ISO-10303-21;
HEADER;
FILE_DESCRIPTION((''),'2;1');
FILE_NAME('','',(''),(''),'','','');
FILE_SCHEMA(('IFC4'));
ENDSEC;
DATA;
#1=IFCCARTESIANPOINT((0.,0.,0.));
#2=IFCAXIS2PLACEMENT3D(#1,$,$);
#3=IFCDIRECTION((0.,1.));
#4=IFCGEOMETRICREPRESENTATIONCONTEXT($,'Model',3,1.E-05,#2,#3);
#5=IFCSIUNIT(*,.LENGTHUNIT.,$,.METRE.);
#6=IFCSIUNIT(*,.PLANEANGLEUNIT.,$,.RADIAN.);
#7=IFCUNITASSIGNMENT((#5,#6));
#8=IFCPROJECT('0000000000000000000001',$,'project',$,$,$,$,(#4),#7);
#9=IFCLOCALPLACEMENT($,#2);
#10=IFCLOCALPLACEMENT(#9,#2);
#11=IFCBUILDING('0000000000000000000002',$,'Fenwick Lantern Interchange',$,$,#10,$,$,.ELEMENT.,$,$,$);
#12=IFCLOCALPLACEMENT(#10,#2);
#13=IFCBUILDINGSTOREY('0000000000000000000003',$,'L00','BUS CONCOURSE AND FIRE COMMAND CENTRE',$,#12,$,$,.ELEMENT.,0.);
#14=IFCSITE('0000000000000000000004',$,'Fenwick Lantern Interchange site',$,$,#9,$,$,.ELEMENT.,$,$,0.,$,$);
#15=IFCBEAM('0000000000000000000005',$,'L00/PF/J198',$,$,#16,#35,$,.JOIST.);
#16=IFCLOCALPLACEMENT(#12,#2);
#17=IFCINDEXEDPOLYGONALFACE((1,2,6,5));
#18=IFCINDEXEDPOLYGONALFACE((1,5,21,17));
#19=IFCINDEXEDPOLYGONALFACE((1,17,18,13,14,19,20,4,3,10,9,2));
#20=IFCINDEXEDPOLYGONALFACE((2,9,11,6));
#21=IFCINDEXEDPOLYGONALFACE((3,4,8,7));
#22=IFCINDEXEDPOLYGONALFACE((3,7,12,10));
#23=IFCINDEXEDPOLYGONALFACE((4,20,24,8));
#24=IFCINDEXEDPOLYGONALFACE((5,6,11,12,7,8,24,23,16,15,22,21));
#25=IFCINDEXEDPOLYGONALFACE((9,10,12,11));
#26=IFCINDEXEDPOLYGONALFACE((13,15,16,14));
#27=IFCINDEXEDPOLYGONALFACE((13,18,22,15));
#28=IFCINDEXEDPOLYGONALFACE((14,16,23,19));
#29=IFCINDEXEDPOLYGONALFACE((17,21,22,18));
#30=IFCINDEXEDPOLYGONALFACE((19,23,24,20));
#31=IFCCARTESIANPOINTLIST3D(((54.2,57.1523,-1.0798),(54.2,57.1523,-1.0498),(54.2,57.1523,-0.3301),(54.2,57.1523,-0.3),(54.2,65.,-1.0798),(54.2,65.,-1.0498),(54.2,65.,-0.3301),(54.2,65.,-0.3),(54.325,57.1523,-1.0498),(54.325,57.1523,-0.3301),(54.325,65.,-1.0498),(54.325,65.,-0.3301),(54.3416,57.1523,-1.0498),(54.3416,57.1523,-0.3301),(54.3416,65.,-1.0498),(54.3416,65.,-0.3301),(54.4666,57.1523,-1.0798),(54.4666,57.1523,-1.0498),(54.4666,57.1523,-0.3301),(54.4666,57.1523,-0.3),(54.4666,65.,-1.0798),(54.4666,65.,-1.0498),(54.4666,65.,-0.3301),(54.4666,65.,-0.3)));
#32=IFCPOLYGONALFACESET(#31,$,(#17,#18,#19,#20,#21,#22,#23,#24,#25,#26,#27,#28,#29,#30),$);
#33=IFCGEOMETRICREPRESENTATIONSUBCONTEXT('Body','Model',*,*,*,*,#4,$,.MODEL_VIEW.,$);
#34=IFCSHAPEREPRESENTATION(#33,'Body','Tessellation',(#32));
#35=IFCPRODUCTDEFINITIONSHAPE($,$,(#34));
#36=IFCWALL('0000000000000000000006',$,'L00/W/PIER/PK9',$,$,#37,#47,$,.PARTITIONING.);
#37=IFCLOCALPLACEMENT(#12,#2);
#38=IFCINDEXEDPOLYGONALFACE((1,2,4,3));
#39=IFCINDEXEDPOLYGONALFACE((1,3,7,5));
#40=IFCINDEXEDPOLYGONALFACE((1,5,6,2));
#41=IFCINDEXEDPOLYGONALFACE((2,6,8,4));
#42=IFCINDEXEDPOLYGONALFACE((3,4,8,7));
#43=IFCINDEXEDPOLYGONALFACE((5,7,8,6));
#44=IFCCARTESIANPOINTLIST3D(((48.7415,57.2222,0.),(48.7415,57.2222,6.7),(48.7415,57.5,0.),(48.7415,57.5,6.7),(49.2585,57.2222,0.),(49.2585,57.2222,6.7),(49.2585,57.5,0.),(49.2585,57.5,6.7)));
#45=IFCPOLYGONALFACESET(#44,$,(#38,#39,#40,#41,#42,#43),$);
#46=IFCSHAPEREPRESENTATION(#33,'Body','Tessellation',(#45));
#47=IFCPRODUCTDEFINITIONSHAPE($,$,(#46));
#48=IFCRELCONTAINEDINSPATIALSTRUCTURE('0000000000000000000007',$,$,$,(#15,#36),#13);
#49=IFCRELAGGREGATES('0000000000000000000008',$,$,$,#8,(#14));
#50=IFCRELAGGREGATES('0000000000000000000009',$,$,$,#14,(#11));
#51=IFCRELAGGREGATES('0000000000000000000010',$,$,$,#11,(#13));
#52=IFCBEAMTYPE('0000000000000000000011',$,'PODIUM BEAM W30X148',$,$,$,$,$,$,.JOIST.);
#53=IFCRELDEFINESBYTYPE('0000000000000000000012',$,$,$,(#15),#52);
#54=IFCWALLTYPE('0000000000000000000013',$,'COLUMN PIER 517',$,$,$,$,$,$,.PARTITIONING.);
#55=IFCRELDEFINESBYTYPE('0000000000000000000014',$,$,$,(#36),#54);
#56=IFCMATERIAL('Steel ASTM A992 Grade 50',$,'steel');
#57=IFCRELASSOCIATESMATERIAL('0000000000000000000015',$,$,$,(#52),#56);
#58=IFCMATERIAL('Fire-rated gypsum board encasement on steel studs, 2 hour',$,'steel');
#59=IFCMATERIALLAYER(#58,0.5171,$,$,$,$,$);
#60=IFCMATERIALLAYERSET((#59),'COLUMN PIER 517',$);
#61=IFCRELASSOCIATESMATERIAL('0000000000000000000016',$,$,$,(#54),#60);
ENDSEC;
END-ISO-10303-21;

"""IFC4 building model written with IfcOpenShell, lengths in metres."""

from ifc_helpers import new_model, si_unit, direction, frame, frame_2d, origin, origin_2d, place, context, subcontext, project, spatial, rectangle, i_section, extrude, material, layer, layer_set, material_profile, profile_set, type_object, element, save


model = new_model("IFC4")

# Units and contexts
model_context = context("Model", 3, precision=1e-05, world=origin(), true_north=direction((0.0, 1.0)))
body_context = subcontext(model_context, "Body", "Model", "MODEL_VIEW")
ifc_project = project(units=[si_unit("LENGTHUNIT", "METRE"), si_unit("PLANEANGLEUNIT", "RADIAN")], contexts=[model_context])

# Site, building, storey
site_placement = place(None, origin())
site = spatial("IfcSite", under=ifc_project, at=site_placement, Name="Fenwick Lantern Interchange site", CompositionType="ELEMENT", RefElevation=0.0)
building_placement = place(site_placement, origin())
building = spatial("IfcBuilding", under=site, at=building_placement, Name="Fenwick Lantern Interchange", CompositionType="ELEMENT")
storey_placement = place(building_placement, origin())
storey = spatial("IfcBuildingStorey", under=building, at=storey_placement, Name="L00", Description="BUS CONCOURSE AND FIRE COMMAND CENTRE", CompositionType="ELEMENT", Elevation=0.0)

# Shared definitions
ifc_material_1 = material(Name="Steel ASTM A992 Grade 50", Category="steel")

# Beam
ifc_material_profile_1 = material_profile(ifc_material_1, i_section(OverallWidth=0.2666, OverallDepth=0.7798, WebThickness=0.0166, FlangeThickness=0.03, at=origin_2d()), Name="W30X148")
ifc_profile_set_1 = profile_set([ifc_material_profile_1], Name="Steel ASTM A992 Grade 50")
beam_type_1 = type_object("IfcBeamType", Name="PODIUM BEAM W30X148", PredefinedType="JOIST", material=ifc_profile_set_1)
for number, where, z_axis, x_axis, name in (
    (1, (54.3333, 57.1523, -0.6899), (0.0, 1.0, 0.0), (-1.0, 0.0, 0.0), "L00/PF/J198"),
):
    element("IfcBeam", number, at=place(storey_placement, frame(where, z_axis=z_axis, x_axis=x_axis)), inside=storey, type_object=beam_type_1, Name=name, PredefinedType="JOIST", context=body_context, shape_type="SweptSolid", body=[
        extrude(i_section(OverallWidth=0.2666, OverallDepth=0.7798, WebThickness=0.0166, FlangeThickness=0.03, at=origin_2d()), origin(), (0.0, 0.0, 1.0), 7.8477),
    ])

# Wall
ifc_material_2 = material(Name="Fire-rated gypsum board encasement on steel studs, 2 hour", Category="steel")
ifc_layer = layer(ifc_material_2, 0.5171)
ifc_layer_set = layer_set([ifc_layer], Name="COLUMN PIER 517")
wall_type = type_object("IfcWallType", Name="COLUMN PIER 517", PredefinedType="PARTITIONING", material=ifc_layer_set)
wall_placement = place(storey_placement, frame((49.0, 57.5, 0.0), z_axis=(0.0, 0.0, 1.0), x_axis=(0.0, -1.0, 0.0)))
element("IfcWall", 2, at=wall_placement, inside=storey, type_object=wall_type, Name="L00/W/PIER/PK9", PredefinedType="PARTITIONING", context=body_context, shape_type="SweptSolid", body=[
    extrude(rectangle(XDim=0.2778, YDim=0.5171, at=frame_2d((0.1389, 0.0))), origin(), (0.0, 0.0, 1.0), 6.7),
])

save(model, "model.ifc")
